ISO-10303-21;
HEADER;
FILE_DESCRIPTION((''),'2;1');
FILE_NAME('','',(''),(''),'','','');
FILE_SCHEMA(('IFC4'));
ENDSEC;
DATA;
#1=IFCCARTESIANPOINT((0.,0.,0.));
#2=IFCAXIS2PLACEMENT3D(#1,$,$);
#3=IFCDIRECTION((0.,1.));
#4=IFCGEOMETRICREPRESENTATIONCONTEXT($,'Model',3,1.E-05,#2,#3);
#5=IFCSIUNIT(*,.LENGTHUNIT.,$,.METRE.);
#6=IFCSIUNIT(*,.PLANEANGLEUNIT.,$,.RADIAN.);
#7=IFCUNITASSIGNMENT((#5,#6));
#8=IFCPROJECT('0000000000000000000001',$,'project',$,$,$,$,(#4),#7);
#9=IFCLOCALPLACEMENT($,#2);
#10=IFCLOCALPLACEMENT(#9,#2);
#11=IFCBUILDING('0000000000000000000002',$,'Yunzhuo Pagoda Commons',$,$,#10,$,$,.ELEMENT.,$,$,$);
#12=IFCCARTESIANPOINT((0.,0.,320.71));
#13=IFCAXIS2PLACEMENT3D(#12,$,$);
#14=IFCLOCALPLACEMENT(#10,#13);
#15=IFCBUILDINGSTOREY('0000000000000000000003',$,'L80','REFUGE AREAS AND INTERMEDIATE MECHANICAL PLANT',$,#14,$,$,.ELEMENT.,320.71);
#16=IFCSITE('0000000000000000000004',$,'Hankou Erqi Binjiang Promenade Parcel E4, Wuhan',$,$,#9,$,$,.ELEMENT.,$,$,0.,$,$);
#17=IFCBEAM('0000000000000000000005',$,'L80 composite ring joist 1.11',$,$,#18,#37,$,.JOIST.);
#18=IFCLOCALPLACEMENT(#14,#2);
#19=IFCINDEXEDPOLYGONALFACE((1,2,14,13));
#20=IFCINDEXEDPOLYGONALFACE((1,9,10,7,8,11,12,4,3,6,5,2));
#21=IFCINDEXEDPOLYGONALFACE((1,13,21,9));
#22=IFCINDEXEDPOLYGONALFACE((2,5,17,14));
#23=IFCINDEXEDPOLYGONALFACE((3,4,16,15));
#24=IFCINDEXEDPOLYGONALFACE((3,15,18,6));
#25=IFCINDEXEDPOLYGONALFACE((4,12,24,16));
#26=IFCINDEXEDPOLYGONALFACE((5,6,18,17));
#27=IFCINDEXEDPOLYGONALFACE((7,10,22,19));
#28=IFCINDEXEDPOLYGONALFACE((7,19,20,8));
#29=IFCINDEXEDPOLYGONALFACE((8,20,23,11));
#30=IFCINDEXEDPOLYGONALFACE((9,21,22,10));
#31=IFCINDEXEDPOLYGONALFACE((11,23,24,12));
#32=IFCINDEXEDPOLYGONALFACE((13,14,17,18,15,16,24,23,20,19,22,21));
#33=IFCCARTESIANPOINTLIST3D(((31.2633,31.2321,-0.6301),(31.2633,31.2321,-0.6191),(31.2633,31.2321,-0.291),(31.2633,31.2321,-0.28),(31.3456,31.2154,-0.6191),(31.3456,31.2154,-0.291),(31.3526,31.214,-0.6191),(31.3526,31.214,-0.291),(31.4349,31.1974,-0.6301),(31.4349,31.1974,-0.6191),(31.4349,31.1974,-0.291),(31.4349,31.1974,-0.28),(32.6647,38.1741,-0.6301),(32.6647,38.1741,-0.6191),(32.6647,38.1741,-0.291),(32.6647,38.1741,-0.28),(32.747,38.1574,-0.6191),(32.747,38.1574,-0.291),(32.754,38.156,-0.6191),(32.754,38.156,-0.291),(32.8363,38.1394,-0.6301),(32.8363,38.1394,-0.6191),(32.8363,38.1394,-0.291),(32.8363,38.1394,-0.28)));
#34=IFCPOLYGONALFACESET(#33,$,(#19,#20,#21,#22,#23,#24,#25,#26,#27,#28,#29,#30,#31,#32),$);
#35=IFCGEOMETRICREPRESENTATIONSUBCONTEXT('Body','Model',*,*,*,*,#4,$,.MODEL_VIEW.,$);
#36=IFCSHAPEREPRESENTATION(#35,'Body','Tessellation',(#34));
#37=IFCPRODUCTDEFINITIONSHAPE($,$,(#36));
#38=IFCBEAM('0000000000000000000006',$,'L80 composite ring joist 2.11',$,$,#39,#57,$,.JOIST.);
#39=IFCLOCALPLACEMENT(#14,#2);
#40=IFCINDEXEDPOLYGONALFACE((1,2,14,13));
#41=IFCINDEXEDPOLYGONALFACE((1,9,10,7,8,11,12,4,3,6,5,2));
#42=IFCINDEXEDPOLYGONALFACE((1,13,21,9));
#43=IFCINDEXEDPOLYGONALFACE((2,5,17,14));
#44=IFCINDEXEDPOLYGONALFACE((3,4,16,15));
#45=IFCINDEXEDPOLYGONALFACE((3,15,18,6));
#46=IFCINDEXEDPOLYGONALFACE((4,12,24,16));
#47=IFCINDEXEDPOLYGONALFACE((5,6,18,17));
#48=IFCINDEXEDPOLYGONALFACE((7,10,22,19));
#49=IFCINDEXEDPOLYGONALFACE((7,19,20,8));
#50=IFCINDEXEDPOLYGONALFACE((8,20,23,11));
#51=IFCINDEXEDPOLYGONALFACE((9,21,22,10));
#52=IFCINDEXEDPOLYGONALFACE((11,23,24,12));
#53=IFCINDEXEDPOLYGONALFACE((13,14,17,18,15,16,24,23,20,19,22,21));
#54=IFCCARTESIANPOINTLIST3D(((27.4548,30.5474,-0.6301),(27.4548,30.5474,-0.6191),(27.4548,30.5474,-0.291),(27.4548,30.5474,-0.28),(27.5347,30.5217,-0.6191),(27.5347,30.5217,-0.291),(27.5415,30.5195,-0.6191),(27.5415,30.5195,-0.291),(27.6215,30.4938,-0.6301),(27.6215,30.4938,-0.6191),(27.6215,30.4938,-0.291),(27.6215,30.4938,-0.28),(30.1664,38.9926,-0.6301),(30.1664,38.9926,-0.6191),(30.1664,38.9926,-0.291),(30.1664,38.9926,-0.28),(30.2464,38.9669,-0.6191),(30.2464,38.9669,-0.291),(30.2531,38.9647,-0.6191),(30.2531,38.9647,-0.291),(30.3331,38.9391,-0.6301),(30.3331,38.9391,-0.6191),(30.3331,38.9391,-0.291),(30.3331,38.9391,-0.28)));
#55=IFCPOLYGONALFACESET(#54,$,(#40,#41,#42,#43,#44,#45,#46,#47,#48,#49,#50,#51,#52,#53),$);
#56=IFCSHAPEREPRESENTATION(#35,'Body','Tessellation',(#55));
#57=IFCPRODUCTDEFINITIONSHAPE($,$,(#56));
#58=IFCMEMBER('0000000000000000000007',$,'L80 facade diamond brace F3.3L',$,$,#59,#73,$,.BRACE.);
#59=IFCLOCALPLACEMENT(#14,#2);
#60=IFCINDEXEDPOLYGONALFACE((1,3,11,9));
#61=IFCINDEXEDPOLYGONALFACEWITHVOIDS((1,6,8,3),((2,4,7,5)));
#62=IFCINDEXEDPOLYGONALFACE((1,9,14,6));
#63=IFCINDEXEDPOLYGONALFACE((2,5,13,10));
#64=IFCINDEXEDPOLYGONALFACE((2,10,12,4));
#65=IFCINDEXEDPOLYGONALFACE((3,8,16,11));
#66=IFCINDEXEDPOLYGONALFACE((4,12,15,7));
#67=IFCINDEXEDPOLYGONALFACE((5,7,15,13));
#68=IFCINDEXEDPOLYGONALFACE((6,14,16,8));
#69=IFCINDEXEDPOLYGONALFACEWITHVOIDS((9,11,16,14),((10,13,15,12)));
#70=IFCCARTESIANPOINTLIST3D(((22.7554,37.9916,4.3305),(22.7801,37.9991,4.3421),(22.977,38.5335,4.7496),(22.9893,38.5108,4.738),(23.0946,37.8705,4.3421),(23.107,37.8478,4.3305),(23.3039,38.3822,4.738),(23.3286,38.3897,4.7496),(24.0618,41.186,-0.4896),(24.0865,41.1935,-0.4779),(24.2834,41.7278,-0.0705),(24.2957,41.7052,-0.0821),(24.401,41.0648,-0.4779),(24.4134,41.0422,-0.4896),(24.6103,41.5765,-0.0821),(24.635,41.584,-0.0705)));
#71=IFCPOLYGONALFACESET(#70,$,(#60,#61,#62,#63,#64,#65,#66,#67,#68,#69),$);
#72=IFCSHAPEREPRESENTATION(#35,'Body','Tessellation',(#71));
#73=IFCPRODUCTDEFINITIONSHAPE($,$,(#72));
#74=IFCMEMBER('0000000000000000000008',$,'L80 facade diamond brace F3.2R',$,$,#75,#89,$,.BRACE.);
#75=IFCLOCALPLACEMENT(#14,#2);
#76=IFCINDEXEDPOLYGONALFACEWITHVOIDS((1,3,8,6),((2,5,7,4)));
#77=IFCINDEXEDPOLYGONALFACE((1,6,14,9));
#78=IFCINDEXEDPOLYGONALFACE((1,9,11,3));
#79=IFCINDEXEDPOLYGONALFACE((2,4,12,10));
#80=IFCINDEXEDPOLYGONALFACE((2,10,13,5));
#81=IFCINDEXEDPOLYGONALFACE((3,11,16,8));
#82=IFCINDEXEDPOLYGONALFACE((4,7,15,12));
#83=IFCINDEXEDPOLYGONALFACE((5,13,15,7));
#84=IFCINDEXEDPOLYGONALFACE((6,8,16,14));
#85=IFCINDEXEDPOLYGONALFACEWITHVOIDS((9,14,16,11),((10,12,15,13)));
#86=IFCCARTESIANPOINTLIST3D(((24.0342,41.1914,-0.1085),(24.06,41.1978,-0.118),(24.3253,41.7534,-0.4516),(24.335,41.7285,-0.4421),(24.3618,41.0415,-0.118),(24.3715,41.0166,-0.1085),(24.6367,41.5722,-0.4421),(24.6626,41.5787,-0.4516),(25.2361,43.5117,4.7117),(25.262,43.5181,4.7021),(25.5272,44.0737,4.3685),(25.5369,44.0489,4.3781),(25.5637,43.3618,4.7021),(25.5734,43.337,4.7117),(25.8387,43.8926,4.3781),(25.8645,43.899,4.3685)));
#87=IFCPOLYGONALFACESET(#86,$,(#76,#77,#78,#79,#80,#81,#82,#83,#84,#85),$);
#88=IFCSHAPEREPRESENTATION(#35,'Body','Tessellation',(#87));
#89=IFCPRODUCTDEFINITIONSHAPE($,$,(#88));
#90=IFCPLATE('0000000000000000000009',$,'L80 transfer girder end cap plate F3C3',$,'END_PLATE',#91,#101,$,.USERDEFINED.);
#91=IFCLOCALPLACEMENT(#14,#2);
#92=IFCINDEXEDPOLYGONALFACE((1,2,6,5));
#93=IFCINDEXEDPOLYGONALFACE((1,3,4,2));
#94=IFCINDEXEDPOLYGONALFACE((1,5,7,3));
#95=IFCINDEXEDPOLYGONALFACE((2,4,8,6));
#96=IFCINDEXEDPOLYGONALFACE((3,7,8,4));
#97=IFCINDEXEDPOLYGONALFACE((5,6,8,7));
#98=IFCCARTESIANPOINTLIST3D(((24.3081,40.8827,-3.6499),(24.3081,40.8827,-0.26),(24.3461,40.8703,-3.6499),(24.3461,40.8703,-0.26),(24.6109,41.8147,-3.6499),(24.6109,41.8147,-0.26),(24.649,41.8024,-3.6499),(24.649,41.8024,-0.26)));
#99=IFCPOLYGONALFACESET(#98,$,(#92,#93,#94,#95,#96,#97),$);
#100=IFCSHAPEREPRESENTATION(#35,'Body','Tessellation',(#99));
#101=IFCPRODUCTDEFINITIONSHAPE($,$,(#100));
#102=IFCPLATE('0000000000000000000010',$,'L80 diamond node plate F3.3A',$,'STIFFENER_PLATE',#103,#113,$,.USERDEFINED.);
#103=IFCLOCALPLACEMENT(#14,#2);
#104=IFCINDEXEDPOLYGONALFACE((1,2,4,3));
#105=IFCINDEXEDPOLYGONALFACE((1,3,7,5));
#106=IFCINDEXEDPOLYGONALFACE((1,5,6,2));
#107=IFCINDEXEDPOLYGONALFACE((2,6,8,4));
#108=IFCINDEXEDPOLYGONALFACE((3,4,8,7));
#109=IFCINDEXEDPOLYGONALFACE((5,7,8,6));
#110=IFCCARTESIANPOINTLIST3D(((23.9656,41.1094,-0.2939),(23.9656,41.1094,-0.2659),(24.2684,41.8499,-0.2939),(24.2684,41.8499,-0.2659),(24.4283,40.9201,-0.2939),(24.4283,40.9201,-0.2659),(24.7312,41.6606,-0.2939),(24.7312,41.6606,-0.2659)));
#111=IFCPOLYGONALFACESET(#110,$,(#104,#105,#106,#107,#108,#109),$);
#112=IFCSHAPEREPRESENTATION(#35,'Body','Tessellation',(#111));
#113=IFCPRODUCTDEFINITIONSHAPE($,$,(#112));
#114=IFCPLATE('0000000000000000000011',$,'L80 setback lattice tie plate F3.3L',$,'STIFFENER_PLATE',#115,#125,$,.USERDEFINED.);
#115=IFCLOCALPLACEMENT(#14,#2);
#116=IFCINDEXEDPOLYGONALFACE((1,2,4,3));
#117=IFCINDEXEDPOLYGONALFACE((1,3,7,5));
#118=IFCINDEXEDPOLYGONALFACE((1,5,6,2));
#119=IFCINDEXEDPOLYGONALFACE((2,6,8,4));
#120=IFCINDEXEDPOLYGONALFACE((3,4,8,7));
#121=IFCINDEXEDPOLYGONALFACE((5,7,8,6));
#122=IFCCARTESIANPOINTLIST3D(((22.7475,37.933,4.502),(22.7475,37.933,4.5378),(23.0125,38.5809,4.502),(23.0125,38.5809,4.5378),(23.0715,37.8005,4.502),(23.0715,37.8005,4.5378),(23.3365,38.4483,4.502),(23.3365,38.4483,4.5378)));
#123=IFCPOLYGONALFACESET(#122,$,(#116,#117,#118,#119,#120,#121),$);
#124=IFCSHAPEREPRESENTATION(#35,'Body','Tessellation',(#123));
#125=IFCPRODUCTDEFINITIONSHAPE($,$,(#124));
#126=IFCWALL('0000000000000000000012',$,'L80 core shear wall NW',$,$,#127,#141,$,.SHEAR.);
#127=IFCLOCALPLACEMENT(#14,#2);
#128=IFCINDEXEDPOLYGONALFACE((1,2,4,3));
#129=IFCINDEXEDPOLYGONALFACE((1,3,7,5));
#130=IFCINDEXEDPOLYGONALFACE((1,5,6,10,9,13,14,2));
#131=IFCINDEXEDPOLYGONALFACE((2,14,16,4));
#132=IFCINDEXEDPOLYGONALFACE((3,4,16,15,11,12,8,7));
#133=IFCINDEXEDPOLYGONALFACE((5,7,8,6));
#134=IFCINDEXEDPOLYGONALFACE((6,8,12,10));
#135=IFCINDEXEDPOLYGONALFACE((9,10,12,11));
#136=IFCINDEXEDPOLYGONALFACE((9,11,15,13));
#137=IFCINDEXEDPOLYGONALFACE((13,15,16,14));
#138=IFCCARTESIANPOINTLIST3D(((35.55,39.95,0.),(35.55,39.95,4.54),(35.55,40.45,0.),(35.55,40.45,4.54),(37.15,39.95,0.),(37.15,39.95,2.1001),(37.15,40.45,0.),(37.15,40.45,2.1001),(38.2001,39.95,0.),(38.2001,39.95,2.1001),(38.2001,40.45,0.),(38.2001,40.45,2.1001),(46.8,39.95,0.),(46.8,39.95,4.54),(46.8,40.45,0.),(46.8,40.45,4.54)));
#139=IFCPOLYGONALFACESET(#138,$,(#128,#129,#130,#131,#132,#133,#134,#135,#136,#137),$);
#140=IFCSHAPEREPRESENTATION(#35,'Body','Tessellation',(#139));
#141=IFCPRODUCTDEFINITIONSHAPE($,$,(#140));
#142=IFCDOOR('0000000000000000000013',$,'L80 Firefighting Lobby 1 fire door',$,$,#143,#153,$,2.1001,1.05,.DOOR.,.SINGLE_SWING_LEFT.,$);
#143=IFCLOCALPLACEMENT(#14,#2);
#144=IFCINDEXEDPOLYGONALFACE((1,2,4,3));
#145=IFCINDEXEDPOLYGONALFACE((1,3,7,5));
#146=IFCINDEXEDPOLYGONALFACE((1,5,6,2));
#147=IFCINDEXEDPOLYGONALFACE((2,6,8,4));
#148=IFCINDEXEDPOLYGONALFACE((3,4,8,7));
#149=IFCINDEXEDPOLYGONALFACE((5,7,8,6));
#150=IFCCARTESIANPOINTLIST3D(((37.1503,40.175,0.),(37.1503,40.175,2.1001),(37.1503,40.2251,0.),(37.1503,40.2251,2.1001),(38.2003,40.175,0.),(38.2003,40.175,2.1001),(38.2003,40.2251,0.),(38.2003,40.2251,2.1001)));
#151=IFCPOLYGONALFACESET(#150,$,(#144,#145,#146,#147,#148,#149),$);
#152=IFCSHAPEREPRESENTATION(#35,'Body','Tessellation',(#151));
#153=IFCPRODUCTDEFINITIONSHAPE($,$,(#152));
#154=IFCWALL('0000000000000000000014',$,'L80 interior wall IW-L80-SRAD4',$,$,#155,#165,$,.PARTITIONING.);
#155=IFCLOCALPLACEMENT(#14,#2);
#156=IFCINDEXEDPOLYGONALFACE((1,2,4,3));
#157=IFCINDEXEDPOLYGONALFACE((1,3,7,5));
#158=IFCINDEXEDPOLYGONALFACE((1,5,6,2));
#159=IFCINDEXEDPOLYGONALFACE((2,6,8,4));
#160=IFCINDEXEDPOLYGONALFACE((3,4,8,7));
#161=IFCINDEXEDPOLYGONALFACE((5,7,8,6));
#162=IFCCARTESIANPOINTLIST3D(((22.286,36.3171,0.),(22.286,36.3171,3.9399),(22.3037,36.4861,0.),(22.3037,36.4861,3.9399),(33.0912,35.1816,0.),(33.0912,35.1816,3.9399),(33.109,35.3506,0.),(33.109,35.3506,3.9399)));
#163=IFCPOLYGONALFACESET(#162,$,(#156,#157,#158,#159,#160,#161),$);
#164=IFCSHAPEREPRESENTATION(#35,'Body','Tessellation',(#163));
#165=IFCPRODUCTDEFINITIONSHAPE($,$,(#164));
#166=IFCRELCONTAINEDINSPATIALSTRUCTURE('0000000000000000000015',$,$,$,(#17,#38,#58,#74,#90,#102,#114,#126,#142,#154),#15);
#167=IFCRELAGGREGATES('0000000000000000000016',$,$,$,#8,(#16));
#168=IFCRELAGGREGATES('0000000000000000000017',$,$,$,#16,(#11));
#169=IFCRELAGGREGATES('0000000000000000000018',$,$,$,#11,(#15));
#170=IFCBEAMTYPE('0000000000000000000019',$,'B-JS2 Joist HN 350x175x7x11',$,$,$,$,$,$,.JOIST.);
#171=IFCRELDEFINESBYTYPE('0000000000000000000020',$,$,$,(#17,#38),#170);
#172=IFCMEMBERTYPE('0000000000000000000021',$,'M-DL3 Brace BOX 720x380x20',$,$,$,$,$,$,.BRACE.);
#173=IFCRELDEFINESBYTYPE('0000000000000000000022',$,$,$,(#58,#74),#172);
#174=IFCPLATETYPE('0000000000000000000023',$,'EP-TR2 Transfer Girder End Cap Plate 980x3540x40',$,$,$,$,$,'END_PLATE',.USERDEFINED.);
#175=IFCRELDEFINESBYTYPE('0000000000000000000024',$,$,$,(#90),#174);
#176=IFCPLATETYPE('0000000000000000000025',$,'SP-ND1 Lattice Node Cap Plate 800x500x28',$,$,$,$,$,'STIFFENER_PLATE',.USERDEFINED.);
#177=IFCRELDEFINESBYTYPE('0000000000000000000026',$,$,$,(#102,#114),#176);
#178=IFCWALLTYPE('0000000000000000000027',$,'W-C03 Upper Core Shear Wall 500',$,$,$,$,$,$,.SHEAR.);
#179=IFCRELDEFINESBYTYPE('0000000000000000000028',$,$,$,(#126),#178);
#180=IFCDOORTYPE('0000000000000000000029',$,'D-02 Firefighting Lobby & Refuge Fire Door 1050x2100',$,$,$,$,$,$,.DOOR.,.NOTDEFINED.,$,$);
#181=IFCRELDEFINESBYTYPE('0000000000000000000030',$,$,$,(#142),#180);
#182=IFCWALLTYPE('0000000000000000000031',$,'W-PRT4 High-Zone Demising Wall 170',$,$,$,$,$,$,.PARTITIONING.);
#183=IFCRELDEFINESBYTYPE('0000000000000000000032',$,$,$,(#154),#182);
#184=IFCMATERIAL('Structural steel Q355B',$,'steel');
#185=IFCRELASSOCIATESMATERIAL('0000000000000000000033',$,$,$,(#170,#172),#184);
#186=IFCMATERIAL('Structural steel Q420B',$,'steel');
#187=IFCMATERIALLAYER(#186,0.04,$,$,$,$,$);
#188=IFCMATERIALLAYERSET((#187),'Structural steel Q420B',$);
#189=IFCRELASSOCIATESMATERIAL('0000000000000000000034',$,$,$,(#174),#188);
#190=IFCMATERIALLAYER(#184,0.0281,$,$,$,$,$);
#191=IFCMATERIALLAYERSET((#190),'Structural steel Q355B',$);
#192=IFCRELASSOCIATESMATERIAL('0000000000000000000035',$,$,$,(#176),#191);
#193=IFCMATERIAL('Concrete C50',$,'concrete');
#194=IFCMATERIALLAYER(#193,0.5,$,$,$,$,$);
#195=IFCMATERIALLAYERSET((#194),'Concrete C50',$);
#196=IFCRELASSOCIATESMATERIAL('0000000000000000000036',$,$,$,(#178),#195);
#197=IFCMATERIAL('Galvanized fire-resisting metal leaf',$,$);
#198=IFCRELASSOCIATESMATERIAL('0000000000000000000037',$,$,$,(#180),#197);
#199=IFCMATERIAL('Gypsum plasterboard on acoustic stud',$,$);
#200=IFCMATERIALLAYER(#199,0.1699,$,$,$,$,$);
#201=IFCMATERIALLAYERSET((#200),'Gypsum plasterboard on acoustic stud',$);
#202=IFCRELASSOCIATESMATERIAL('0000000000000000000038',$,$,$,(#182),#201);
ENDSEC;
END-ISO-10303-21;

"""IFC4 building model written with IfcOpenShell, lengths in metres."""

from ifc_helpers import new_model, si_unit, direction, frame, frame_2d, origin, origin_2d, place, context, subcontext, project, spatial, rectangle, hollow_rectangle, i_section, extrude, source, transform, mapped, material, layer, layer_set, material_profile, profile_set, type_object, element, fill, save


model = new_model("IFC4")

# Units and contexts
model_context = context("Model", 3, precision=1e-05, world=origin(), true_north=direction((0.0, 1.0)))
body_context = subcontext(model_context, "Body", "Model", "MODEL_VIEW")
ifc_project = project(units=[si_unit("LENGTHUNIT", "METRE"), si_unit("PLANEANGLEUNIT", "RADIAN")], contexts=[model_context])

# Site, building, storey
site_placement = place(None, origin())
site = spatial("IfcSite", under=ifc_project, at=site_placement, Name="Hankou Erqi Binjiang Promenade Parcel E4, Wuhan", CompositionType="ELEMENT", RefElevation=0.0)
building_placement = place(site_placement, origin())
building = spatial("IfcBuilding", under=site, at=building_placement, Name="Yunzhuo Pagoda Commons", CompositionType="ELEMENT")
storey_placement = place(building_placement, frame((0.0, 0.0, 320.71)))
storey = spatial("IfcBuildingStorey", under=building, at=storey_placement, Name="L80", Description="REFUGE AREAS AND INTERMEDIATE MECHANICAL PLANT", CompositionType="ELEMENT", Elevation=320.71)

# Shared definitions
ifc_material_1 = material(Name="Structural steel Q420B", Category="steel")
ifc_material_2 = material(Name="Structural steel Q355B", Category="steel")

# Beams
ifc_material_profile_1 = material_profile(ifc_material_2, i_section(OverallWidth=0.175, OverallDepth=0.3501, WebThickness=0.0071, FlangeThickness=0.011, at=origin_2d()), Name="Structural steel Q355B")
ifc_profile_set_1 = profile_set([ifc_material_profile_1], Name="Structural steel Q355B")
beam_type_1 = type_object("IfcBeamType", Name="B-JS2 Joist HN 350x175x7x11", PredefinedType="JOIST", material=ifc_profile_set_1)
shared_shape_1 = source(origin(), body_context, "Body", "SweptSolid", [
    extrude(i_section(OverallWidth=0.175, OverallDepth=0.3501, WebThickness=0.0071, FlangeThickness=0.011, at=origin_2d()), origin(), (0.0, 0.0, 1.0), 7.082),
])
beam_1_placement = place(storey_placement, frame((32.7505, 38.1567, -0.4551), z_axis=(-0.197879, -0.980226, 0.0), x_axis=(0.980226, -0.197879, 0.0)))
element("IfcBeam", 1, at=beam_1_placement, inside=storey, type_object=beam_type_1, Name="L80 composite ring joist 1.11", PredefinedType="JOIST", context=body_context, shape_type="MappedRepresentation", body=[
    mapped(shared_shape_1, transform((0.0, 0.0, 0.0), scale=1.0)),
])
shared_shape_2 = source(origin(), body_context, "Body", "SweptSolid", [
    extrude(i_section(OverallWidth=0.175, OverallDepth=0.3501, WebThickness=0.0071, FlangeThickness=0.011, at=origin_2d()), origin(), (0.0, 0.0, 1.0), 8.8699),
])
beam_2_placement = place(storey_placement, frame((30.2498, 38.9658, -0.4551), z_axis=(-0.305713, -0.952124, 0.0), x_axis=(0.952124, -0.305713, 0.0)))
element("IfcBeam", 2, at=beam_2_placement, inside=storey, type_object=beam_type_1, Name="L80 composite ring joist 2.11", PredefinedType="JOIST", context=body_context, shape_type="MappedRepresentation", body=[
    mapped(shared_shape_2, transform((0.0, 0.0, 0.0), scale=1.0)),
])

# Members
ifc_material_profile_2 = material_profile(ifc_material_2, hollow_rectangle(XDim=0.3799, YDim=0.72, WallThickness=0.02, at=origin_2d()), Name="Structural steel Q355B")
ifc_profile_set_2 = profile_set([ifc_material_profile_2], Name="Structural steel Q355B")
member_type = type_object("IfcMemberType", Name="M-DL3 Brace BOX 720x380x20", PredefinedType="BRACE", material=ifc_profile_set_2)
shared_shape_3 = source(origin(), body_context, "Body", "SweptSolid", [
    extrude(hollow_rectangle(XDim=0.3799, YDim=0.72, WallThickness=0.02, at=origin_2d()), origin(), (0.0, 0.0, 1.0), 5.9282),
])
member_1_placement = place(storey_placement, frame((24.3484, 41.385, -0.28), z_axis=(-0.22037, -0.538838, 0.813075), x_axis=(0.925585, -0.378539, 0.0)))
element("IfcMember", 3, at=member_1_placement, inside=storey, type_object=member_type, Name="L80 facade diamond brace F3.3L", PredefinedType="BRACE", context=body_context, shape_type="MappedRepresentation", body=[
    mapped(shared_shape_3, transform((0.0, 0.0, 0.0), scale=1.0)),
])
shared_shape_4 = source(origin(), body_context, "Body", "SweptSolid", [
    extrude(hollow_rectangle(XDim=0.3799, YDim=0.72, WallThickness=0.02, at=origin_2d()), origin(), (0.0, 0.0, 1.0), 5.4829),
])
member_2_placement = place(storey_placement, frame((24.3484, 41.385, -0.28), z_axis=(0.219212, 0.423196, 0.87912), x_axis=(-0.887945, 0.459949, 0.0)))
element("IfcMember", 4, at=member_2_placement, inside=storey, type_object=member_type, Name="L80 facade diamond brace F3.2R", PredefinedType="BRACE", context=body_context, shape_type="MappedRepresentation", body=[
    mapped(shared_shape_4, transform((0.0, 0.0, 0.0), scale=1.0)),
])

# Plates
ifc_layer_1 = layer(ifc_material_1, 0.04)
ifc_layer_set_1 = layer_set([ifc_layer_1], Name="Structural steel Q420B")
plate_type_1 = type_object("IfcPlateType", Name="EP-TR2 Transfer Girder End Cap Plate 980x3540x40", ElementType="END_PLATE", PredefinedType="USERDEFINED", material=ifc_layer_set_1)
shared_shape_5 = source(origin(), body_context, "Body", "SweptSolid", [
    extrude(rectangle(XDim=0.98, YDim=0.04, at=origin_2d()), origin(), (0.0, 0.0, 1.0), 3.3899),
])
plate_1_placement = place(storey_placement, frame((24.4785, 41.3425, -3.6499), z_axis=(0.0, 0.0, 1.0), x_axis=(-0.309017, -0.951057, 0.0)))
element("IfcPlate", 5, at=plate_1_placement, inside=storey, type_object=plate_type_1, Name="L80 transfer girder end cap plate F3C3", ObjectType="END_PLATE", PredefinedType="USERDEFINED", context=body_context, shape_type="MappedRepresentation", body=[
    mapped(shared_shape_5, transform((0.0, 0.0, 0.0), scale=1.0)),
])
ifc_layer_2 = layer(ifc_material_2, 0.0281)
ifc_layer_set_2 = layer_set([ifc_layer_2], Name="Structural steel Q355B")
plate_type_2 = type_object("IfcPlateType", Name="SP-ND1 Lattice Node Cap Plate 800x500x28", ElementType="STIFFENER_PLATE", PredefinedType="USERDEFINED", material=ifc_layer_set_2)
shared_shape_6 = source(origin(), body_context, "Body", "SweptSolid", [
    extrude(rectangle(XDim=0.8, YDim=0.5, at=origin_2d()), origin(), (0.0, 0.0, 1.0), 0.0281),
])
plate_2_placement = place(storey_placement, frame((24.3484, 41.385, -0.2939), z_axis=(0.0, 0.0, 1.0), x_axis=(-0.378568, -0.925574, 0.0)))
element("IfcPlate", 6, at=plate_2_placement, inside=storey, type_object=plate_type_2, Name="L80 diamond node plate F3.3A", ObjectType="STIFFENER_PLATE", PredefinedType="USERDEFINED", context=body_context, shape_type="MappedRepresentation", body=[
    mapped(shared_shape_6, transform((0.0, 0.0, 0.0), scale=1.0)),
])
shared_shape_7 = source(origin(), body_context, "Body", "SweptSolid", [
    extrude(rectangle(XDim=0.7, YDim=0.3501, at=origin_2d()), origin(), (0.0, 0.0, 1.0), 0.0359),
])
plate_3_placement = place(storey_placement, frame((23.042, 38.1907, 4.502), z_axis=(0.0, 0.0, 1.0), x_axis=(-0.378568, -0.925574, 0.0)))
element("IfcPlate", 7, at=plate_3_placement, inside=storey, type_object=plate_type_2, Name="L80 setback lattice tie plate F3.3L", ObjectType="STIFFENER_PLATE", PredefinedType="USERDEFINED", context=body_context, shape_type="MappedRepresentation", body=[
    mapped(shared_shape_7, transform((0.0, 0.0, 0.0), scale=1.0)),
])

# Wall, opening, door
ifc_material_3 = material(Name="Concrete C50", Category="concrete")
ifc_layer_3 = layer(ifc_material_3, 0.5)
ifc_layer_set_3 = layer_set([ifc_layer_3], Name="Concrete C50")
wall_type_1 = type_object("IfcWallType", Name="W-C03 Upper Core Shear Wall 500", PredefinedType="SHEAR", material=ifc_layer_set_3)
wall_1_placement = place(storey_placement, frame((35.55, 40.2, 0.0), z_axis=(0.0, 0.0, 1.0), x_axis=(1.0, 0.0, 0.0)))
wall_1 = element("IfcWall", 8, at=wall_1_placement, inside=storey, type_object=wall_type_1, Name="L80 core shear wall NW", PredefinedType="SHEAR", context=body_context, shape_type="SweptSolid", body=[
    extrude(rectangle(XDim=11.25, YDim=0.5, at=frame_2d((5.625, 0.0))), origin(), (0.0, 0.0, 1.0), 4.54),
])
opening_1_placement = place(wall_1_placement, frame((1.6001, 0.0, 0.0)))
opening_1 = element("IfcOpeningElement", 9, at=opening_1_placement, cuts=wall_1, PredefinedType="OPENING", context=body_context, shape_type="SweptSolid", body=[
    extrude(rectangle(XDim=1.05, YDim=2.1001, at=frame_2d((0.5249, 1.05))), frame((0.0, 0.26, 0.0), z_axis=(0.0, -1.0, 0.0), x_axis=(1.0, 0.0, 0.0)), (0.0, 0.0, 1.0), 0.52),
])
ifc_material_4 = material(Name="Galvanized fire-resisting metal leaf")
door_type_1 = type_object("IfcDoorType", Name="D-02 Firefighting Lobby & Refuge Fire Door 1050x2100", OperationType="NOTDEFINED", PredefinedType="DOOR", material=ifc_material_4)
shared_shape_8 = source(origin(), body_context, "Body", "SweptSolid", [
    extrude(rectangle(XDim=1.05, YDim=2.1001, at=frame_2d((0.5249, 1.05))), frame((0.0, 0.0249, 0.0), z_axis=(0.0, -1.0, 0.0), x_axis=(1.0, 0.0, 0.0)), (0.0, 0.0, 1.0), 0.05),
])
door_1_placement = place(opening_1_placement, frame((1.05, 0.0, 0.0), z_axis=(0.0, 0.0, 1.0), x_axis=(-1.0, 0.0, 0.0)))
door_1 = element("IfcDoor", 10, at=door_1_placement, inside=storey, type_object=door_type_1, Name="L80 Firefighting Lobby 1 fire door", OperationType="SINGLE_SWING_LEFT", OverallHeight=2.1001, OverallWidth=1.05, PredefinedType="DOOR", context=body_context, shape_type="MappedRepresentation", body=[
    mapped(shared_shape_8, transform((0.0, 0.0, 0.0), scale=1.0)),
])
fill(opening_1, door_1)

# Wall
ifc_material_5 = material(Name="Gypsum plasterboard on acoustic stud")
ifc_layer_4 = layer(ifc_material_5, 0.1699)
ifc_layer_set_4 = layer_set([ifc_layer_4], Name="Gypsum plasterboard on acoustic stud")
wall_type_2 = type_object("IfcWallType", Name="W-PRT4 High-Zone Demising Wall 170", PredefinedType="PARTITIONING", material=ifc_layer_set_4)
wall_2_placement = place(storey_placement, frame((33.1001, 35.2661, 0.0), z_axis=(0.0, 0.0, 1.0), x_axis=(-0.994524, 0.104513, 0.0)))
element("IfcWall", 11, at=wall_2_placement, inside=storey, type_object=wall_type_2, Name="L80 interior wall IW-L80-SRAD4", PredefinedType="PARTITIONING", context=body_context, shape_type="SweptSolid", body=[
    extrude(rectangle(XDim=10.8647, YDim=0.1699, at=frame_2d((5.4324, 0.0))), origin(), (0.0, 0.0, 1.0), 3.9399),
])

save(model, "model.ifc")
